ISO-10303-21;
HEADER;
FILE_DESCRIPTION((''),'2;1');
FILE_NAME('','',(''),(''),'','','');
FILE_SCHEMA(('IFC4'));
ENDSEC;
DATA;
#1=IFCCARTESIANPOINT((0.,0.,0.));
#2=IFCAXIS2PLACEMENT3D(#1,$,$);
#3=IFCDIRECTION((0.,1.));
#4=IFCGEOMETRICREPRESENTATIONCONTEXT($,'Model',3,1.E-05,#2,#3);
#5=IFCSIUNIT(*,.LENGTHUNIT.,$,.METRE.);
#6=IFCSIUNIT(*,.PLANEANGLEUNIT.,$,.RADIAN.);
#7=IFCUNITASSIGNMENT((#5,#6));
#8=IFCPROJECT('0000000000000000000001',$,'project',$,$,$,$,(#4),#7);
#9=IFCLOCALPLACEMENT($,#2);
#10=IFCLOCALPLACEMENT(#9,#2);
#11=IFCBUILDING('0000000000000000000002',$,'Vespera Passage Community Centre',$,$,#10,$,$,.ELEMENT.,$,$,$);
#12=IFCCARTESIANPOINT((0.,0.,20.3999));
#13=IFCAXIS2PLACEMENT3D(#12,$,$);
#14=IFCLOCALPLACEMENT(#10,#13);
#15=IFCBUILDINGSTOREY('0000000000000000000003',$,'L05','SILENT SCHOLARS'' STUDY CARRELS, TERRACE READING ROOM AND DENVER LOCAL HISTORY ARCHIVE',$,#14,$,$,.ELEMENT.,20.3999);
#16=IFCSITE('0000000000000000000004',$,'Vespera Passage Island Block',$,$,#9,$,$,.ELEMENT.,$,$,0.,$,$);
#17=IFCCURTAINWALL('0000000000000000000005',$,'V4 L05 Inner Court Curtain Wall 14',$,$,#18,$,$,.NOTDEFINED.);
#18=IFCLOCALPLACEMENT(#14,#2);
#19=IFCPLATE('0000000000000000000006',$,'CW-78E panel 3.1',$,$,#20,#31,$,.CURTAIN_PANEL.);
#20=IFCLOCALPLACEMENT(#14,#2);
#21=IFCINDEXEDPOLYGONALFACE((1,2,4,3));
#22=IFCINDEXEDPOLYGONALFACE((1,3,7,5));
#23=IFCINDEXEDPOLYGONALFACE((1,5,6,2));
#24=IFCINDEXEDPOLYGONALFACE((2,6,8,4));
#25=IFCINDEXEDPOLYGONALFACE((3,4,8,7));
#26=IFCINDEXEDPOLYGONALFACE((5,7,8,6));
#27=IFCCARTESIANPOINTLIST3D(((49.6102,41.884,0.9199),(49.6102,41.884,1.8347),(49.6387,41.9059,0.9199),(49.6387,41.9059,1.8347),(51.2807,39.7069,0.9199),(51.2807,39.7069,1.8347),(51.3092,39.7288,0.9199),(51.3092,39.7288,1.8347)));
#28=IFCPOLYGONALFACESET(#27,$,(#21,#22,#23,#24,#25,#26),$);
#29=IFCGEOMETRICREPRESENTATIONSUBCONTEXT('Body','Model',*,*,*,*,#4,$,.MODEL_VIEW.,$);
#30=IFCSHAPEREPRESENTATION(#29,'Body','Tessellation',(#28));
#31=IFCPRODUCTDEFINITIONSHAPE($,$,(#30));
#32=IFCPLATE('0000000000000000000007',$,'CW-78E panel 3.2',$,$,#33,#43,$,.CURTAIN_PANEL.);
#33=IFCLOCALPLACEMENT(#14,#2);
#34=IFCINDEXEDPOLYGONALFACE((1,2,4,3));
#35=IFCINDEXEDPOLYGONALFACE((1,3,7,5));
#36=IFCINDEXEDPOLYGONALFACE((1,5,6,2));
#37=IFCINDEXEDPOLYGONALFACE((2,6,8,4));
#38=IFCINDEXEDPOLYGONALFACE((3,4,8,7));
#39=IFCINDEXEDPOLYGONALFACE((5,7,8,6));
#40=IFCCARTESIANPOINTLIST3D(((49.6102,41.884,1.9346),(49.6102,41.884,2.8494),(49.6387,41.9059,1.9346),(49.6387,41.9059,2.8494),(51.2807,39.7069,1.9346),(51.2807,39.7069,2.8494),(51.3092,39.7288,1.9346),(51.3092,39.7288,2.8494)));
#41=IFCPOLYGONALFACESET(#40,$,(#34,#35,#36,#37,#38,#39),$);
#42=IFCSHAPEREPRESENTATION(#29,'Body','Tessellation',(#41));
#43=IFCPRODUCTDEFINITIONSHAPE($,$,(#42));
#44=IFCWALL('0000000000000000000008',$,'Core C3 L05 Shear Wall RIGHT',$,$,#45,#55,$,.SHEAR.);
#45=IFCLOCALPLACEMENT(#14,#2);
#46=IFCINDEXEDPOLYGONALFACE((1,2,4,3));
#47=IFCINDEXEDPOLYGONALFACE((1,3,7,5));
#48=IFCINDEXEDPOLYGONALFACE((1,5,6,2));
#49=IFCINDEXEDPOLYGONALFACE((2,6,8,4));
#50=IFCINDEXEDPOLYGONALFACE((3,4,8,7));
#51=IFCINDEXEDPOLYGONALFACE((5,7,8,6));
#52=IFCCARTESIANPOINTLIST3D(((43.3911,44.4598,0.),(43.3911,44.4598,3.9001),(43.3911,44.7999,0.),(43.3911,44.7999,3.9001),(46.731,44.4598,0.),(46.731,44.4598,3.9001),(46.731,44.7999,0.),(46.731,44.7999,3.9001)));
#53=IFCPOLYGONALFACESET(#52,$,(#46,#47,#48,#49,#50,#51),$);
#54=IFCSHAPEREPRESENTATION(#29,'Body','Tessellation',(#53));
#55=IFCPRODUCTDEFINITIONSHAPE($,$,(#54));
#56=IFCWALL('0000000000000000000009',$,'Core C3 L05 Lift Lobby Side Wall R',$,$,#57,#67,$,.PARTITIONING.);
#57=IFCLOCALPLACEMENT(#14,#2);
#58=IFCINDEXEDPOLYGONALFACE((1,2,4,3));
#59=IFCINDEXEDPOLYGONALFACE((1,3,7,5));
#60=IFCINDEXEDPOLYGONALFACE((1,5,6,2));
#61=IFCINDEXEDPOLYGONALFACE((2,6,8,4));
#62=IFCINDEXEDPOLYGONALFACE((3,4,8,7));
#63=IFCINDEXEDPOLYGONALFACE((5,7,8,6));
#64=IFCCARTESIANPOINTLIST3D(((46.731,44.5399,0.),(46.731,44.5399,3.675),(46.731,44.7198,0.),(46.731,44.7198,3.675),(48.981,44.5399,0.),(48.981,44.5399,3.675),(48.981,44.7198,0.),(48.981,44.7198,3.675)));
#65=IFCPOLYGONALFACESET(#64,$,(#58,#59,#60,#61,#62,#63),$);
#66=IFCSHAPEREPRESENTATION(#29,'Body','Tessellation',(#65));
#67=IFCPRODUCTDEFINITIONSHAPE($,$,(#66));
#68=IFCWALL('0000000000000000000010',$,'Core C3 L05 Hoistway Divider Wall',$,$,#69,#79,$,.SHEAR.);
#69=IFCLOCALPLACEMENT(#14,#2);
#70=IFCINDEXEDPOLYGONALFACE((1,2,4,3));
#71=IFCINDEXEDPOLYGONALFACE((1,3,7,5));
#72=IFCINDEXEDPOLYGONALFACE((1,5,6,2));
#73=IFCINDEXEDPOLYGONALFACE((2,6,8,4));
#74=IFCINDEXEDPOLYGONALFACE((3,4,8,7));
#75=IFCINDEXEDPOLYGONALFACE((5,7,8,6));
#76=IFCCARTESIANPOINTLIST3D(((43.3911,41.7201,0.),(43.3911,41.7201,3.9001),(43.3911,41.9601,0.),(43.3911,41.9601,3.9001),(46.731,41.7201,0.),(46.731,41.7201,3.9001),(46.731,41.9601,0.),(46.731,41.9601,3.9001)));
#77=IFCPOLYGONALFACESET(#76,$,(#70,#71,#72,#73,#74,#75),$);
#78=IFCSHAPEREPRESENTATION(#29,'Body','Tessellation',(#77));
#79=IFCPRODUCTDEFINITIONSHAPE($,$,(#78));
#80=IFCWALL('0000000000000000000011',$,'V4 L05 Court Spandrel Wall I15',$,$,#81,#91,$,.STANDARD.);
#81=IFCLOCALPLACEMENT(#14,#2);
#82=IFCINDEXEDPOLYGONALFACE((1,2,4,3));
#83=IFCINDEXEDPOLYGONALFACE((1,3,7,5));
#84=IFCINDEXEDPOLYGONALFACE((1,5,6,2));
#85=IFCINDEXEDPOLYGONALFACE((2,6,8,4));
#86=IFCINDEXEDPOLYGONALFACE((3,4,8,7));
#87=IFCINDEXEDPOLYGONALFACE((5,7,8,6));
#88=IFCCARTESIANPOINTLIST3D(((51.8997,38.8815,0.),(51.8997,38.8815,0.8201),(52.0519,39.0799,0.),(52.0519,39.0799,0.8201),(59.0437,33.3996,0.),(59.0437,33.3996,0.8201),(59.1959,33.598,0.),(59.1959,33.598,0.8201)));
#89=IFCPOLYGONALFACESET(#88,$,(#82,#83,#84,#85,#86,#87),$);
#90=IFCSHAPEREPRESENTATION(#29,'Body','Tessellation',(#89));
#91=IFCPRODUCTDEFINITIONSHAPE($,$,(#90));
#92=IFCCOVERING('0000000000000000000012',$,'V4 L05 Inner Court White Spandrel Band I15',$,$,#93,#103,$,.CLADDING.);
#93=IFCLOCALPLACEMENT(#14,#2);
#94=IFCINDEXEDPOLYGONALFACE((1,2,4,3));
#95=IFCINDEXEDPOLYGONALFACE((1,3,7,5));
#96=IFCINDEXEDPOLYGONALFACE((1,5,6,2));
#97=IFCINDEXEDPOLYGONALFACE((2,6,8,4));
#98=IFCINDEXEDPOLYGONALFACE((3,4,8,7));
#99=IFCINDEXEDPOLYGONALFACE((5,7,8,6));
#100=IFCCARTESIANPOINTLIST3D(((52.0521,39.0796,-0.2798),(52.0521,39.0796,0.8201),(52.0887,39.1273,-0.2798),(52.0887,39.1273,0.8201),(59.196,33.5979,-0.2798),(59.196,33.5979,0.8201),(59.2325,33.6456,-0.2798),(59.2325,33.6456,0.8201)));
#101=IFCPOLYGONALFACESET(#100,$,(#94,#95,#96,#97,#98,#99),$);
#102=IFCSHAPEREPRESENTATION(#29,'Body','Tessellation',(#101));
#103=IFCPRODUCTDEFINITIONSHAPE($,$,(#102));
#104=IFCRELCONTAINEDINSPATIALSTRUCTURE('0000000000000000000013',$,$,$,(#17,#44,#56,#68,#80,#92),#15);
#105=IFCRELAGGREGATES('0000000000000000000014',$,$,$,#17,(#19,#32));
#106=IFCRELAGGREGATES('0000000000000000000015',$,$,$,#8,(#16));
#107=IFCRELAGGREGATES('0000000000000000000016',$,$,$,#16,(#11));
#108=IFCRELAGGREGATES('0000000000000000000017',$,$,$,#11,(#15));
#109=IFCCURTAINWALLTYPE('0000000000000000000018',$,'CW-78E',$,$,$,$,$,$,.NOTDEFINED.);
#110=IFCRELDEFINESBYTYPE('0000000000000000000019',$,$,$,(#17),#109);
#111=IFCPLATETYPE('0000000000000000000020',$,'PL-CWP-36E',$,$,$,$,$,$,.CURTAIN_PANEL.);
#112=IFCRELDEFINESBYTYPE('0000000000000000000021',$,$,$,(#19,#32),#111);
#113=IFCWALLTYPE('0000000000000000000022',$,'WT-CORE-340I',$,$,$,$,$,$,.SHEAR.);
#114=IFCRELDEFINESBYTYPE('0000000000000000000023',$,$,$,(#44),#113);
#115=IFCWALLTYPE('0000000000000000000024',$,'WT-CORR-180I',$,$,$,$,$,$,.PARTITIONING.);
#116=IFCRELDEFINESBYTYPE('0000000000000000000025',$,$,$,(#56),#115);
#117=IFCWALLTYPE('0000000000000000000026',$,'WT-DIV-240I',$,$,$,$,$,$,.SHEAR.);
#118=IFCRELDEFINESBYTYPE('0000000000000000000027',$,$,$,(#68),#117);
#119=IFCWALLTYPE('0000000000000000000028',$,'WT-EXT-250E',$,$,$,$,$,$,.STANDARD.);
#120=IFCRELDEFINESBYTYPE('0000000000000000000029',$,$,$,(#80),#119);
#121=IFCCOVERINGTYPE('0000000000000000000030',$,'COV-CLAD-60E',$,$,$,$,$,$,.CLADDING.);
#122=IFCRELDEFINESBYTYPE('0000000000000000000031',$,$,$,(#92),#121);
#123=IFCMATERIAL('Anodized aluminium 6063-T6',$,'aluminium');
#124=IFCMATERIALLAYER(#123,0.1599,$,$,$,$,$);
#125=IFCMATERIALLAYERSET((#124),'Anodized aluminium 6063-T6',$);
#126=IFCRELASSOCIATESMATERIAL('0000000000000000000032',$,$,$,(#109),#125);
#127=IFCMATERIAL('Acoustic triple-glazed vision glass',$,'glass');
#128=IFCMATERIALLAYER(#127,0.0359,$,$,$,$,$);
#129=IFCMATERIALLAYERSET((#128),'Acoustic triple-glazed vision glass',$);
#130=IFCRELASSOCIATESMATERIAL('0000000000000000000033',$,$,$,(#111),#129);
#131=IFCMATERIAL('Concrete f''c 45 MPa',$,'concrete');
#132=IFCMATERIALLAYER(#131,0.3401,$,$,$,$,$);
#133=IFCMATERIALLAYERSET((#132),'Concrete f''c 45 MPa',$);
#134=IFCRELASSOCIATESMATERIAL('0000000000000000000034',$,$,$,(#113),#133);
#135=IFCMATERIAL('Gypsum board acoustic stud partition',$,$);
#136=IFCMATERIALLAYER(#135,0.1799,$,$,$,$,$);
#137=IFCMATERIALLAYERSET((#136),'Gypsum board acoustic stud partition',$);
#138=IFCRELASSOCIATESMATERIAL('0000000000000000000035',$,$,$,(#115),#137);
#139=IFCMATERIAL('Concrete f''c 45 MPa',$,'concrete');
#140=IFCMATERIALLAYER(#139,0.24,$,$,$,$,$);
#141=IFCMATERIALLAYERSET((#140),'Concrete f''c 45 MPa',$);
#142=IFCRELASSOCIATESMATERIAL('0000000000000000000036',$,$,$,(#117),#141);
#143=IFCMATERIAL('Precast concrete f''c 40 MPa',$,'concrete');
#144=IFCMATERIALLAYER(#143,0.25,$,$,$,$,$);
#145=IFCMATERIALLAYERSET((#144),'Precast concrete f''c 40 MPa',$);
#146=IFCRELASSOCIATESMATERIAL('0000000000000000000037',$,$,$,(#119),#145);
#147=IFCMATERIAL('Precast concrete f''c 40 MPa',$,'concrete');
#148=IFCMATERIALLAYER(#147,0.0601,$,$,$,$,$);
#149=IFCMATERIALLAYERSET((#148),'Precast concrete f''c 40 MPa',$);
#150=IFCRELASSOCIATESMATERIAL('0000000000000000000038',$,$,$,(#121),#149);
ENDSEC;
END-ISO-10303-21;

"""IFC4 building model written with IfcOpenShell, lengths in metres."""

from ifc_helpers import new_model, si_unit, direction, frame, frame_2d, origin, origin_2d, place, context, subcontext, project, spatial, rectangle, extrude, material, layer, layer_set, type_object, element, aggregate, save


model = new_model("IFC4")

# Units and contexts
model_context = context("Model", 3, precision=1e-05, world=origin(), true_north=direction((0.0, 1.0)))
body_context = subcontext(model_context, "Body", "Model", "MODEL_VIEW")
ifc_project = project(units=[si_unit("LENGTHUNIT", "METRE"), si_unit("PLANEANGLEUNIT", "RADIAN")], contexts=[model_context])

# Site, building, storey
site_placement = place(None, origin())
site = spatial("IfcSite", under=ifc_project, at=site_placement, Name="Vespera Passage Island Block", CompositionType="ELEMENT", RefElevation=0.0)
building_placement = place(site_placement, origin())
building = spatial("IfcBuilding", under=site, at=building_placement, Name="Vespera Passage Community Centre", CompositionType="ELEMENT")
storey_placement = place(building_placement, frame((0.0, 0.0, 20.3999)))
storey = spatial("IfcBuildingStorey", under=building, at=storey_placement, Name="L05", Description="SILENT SCHOLARS' STUDY CARRELS, TERRACE READING ROOM AND DENVER LOCAL HISTORY ARCHIVE", CompositionType="ELEMENT", Elevation=20.3999)

# Curtain wall
ifc_material_1 = material(Name="Anodized aluminium 6063-T6", Category="aluminium")
ifc_layer_1 = layer(ifc_material_1, 0.1599)
ifc_layer_set_1 = layer_set([ifc_layer_1], Name="Anodized aluminium 6063-T6")
curtain_wall_type_1 = type_object("IfcCurtainWallType", Name="CW-78E", PredefinedType="NOTDEFINED", material=ifc_layer_set_1)
curtain_wall_1_placement = place(storey_placement, origin())
curtain_wall_1 = element("IfcCurtainWall", 1, at=curtain_wall_1_placement, inside=storey, type_object=curtain_wall_type_1, Name="V4 L05 Inner Court Curtain Wall 14", PredefinedType="NOTDEFINED")

# Plates
ifc_material_2 = material(Name="Acoustic triple-glazed vision glass", Category="glass")
ifc_layer_2 = layer(ifc_material_2, 0.0359)
ifc_layer_set_2 = layer_set([ifc_layer_2], Name="Acoustic triple-glazed vision glass")
plate_type = type_object("IfcPlateType", Name="PL-CWP-36E", PredefinedType="CURTAIN_PANEL", material=ifc_layer_set_2)
plate_1_placement = place(storey_placement, frame((50.4597, 40.8064, 0.9199), z_axis=(0.0, 0.0, 1.0), x_axis=(0.608755, -0.793358, 0.0)))
plate_1 = element("IfcPlate", 2, at=plate_1_placement, type_object=plate_type, Name="CW-78E panel 3.1", PredefinedType="CURTAIN_PANEL", context=body_context, shape_type="SweptSolid", body=[
    extrude(rectangle(XDim=2.7441, YDim=0.0359, at=origin_2d()), origin(), (0.0, 0.0, 1.0), 0.9148),
])
plate_2_placement = place(storey_placement, frame((50.4597, 40.8064, 1.9346), z_axis=(0.0, 0.0, 1.0), x_axis=(0.608755, -0.793358, 0.0)))
plate_2 = element("IfcPlate", 3, at=plate_2_placement, type_object=plate_type, Name="CW-78E panel 3.2", PredefinedType="CURTAIN_PANEL", context=body_context, shape_type="SweptSolid", body=[
    extrude(rectangle(XDim=2.7441, YDim=0.0359, at=origin_2d()), origin(), (0.0, 0.0, 1.0), 0.9148),
])
aggregate(curtain_wall_1, [plate_1, plate_2])

# Shared definitions
ifc_material_3 = material(Name="Concrete f'c 45 MPa", Category="concrete")
ifc_layer_3 = layer(ifc_material_3, 0.3401)
ifc_layer_set_3 = layer_set([ifc_layer_3], Name="Concrete f'c 45 MPa")
wall_type_1 = type_object("IfcWallType", Name="WT-CORE-340I", PredefinedType="SHEAR", material=ifc_layer_set_3)

# Walls
wall_1_placement = place(storey_placement, frame((43.3911, 44.6299, 0.0), z_axis=(0.0, 0.0, 1.0), x_axis=(1.0, 0.0, 0.0)))
element("IfcWall", 4, at=wall_1_placement, inside=storey, type_object=wall_type_1, Name="Core C3 L05 Shear Wall RIGHT", PredefinedType="SHEAR", context=body_context, shape_type="SweptSolid", body=[
    extrude(rectangle(XDim=3.3398, YDim=0.3401, at=frame_2d((1.6699, 0.0))), origin(), (0.0, 0.0, 1.0), 3.9001),
])
ifc_material_4 = material(Name="Gypsum board acoustic stud partition")
ifc_layer_4 = layer(ifc_material_4, 0.1799)
ifc_layer_set_4 = layer_set([ifc_layer_4], Name="Gypsum board acoustic stud partition")
wall_type_2 = type_object("IfcWallType", Name="WT-CORR-180I", PredefinedType="PARTITIONING", material=ifc_layer_set_4)
wall_2_placement = place(storey_placement, frame((46.731, 44.6299, 0.0), z_axis=(0.0, 0.0, 1.0), x_axis=(1.0, 0.0, 0.0)))
element("IfcWall", 5, at=wall_2_placement, inside=storey, type_object=wall_type_2, Name="Core C3 L05 Lift Lobby Side Wall R", PredefinedType="PARTITIONING", context=body_context, shape_type="SweptSolid", body=[
    extrude(rectangle(XDim=2.25, YDim=0.1799, at=frame_2d((1.125, 0.0))), origin(), (0.0, 0.0, 1.0), 3.675),
])
ifc_material_5 = material(Name="Concrete f'c 45 MPa", Category="concrete")
ifc_layer_5 = layer(ifc_material_5, 0.24)
ifc_layer_set_5 = layer_set([ifc_layer_5], Name="Concrete f'c 45 MPa")
wall_type_3 = type_object("IfcWallType", Name="WT-DIV-240I", PredefinedType="SHEAR", material=ifc_layer_set_5)
wall_3_placement = place(storey_placement, frame((46.731, 41.8401, 0.0), z_axis=(0.0, 0.0, 1.0), x_axis=(-1.0, 0.0, 0.0)))
element("IfcWall", 6, at=wall_3_placement, inside=storey, type_object=wall_type_3, Name="Core C3 L05 Hoistway Divider Wall", PredefinedType="SHEAR", context=body_context, shape_type="SweptSolid", body=[
    extrude(rectangle(XDim=3.3398, YDim=0.24, at=frame_2d((1.6699, 0.0))), origin(), (0.0, 0.0, 1.0), 3.9001),
])
ifc_material_6 = material(Name="Precast concrete f'c 40 MPa", Category="concrete")
ifc_layer_6 = layer(ifc_material_6, 0.25)
ifc_layer_set_6 = layer_set([ifc_layer_6], Name="Precast concrete f'c 40 MPa")
wall_type_4 = type_object("IfcWallType", Name="WT-EXT-250E", PredefinedType="STANDARD", material=ifc_layer_set_6)
wall_4_placement = place(storey_placement, frame((51.9758, 38.9807, 0.0), z_axis=(0.0, 0.0, 1.0), x_axis=(0.793347, -0.60877, 0.0)))
element("IfcWall", 7, at=wall_4_placement, inside=storey, type_object=wall_type_4, Name="V4 L05 Court Spandrel Wall I15", PredefinedType="STANDARD", context=body_context, shape_type="SweptSolid", body=[
    extrude(rectangle(XDim=9.0049, YDim=0.25, at=frame_2d((4.5024, 0.0))), origin(), (0.0, 0.0, 1.0), 0.8201),
])

# Covering
ifc_material_7 = material(Name="Precast concrete f'c 40 MPa", Category="concrete")
ifc_layer_7 = layer(ifc_material_7, 0.0601)
ifc_layer_set_7 = layer_set([ifc_layer_7], Name="Precast concrete f'c 40 MPa")
covering_type = type_object("IfcCoveringType", Name="COV-CLAD-60E", PredefinedType="CLADDING", material=ifc_layer_set_7)
covering_placement = place(storey_placement, frame((52.0703, 39.1035, -0.2798), z_axis=(0.0, 0.0, 1.0), x_axis=(0.79335, -0.608766, 0.0)))
element("IfcCovering", 8, at=covering_placement, inside=storey, type_object=covering_type, Name="V4 L05 Inner Court White Spandrel Band I15", PredefinedType="CLADDING", context=body_context, shape_type="SweptSolid", body=[
    extrude(rectangle(XDim=9.0046, YDim=0.0601, at=frame_2d((4.5024, 0.0))), origin(), (0.0, 0.0, 1.0), 1.0999),
])

save(model, "model.ifc")
